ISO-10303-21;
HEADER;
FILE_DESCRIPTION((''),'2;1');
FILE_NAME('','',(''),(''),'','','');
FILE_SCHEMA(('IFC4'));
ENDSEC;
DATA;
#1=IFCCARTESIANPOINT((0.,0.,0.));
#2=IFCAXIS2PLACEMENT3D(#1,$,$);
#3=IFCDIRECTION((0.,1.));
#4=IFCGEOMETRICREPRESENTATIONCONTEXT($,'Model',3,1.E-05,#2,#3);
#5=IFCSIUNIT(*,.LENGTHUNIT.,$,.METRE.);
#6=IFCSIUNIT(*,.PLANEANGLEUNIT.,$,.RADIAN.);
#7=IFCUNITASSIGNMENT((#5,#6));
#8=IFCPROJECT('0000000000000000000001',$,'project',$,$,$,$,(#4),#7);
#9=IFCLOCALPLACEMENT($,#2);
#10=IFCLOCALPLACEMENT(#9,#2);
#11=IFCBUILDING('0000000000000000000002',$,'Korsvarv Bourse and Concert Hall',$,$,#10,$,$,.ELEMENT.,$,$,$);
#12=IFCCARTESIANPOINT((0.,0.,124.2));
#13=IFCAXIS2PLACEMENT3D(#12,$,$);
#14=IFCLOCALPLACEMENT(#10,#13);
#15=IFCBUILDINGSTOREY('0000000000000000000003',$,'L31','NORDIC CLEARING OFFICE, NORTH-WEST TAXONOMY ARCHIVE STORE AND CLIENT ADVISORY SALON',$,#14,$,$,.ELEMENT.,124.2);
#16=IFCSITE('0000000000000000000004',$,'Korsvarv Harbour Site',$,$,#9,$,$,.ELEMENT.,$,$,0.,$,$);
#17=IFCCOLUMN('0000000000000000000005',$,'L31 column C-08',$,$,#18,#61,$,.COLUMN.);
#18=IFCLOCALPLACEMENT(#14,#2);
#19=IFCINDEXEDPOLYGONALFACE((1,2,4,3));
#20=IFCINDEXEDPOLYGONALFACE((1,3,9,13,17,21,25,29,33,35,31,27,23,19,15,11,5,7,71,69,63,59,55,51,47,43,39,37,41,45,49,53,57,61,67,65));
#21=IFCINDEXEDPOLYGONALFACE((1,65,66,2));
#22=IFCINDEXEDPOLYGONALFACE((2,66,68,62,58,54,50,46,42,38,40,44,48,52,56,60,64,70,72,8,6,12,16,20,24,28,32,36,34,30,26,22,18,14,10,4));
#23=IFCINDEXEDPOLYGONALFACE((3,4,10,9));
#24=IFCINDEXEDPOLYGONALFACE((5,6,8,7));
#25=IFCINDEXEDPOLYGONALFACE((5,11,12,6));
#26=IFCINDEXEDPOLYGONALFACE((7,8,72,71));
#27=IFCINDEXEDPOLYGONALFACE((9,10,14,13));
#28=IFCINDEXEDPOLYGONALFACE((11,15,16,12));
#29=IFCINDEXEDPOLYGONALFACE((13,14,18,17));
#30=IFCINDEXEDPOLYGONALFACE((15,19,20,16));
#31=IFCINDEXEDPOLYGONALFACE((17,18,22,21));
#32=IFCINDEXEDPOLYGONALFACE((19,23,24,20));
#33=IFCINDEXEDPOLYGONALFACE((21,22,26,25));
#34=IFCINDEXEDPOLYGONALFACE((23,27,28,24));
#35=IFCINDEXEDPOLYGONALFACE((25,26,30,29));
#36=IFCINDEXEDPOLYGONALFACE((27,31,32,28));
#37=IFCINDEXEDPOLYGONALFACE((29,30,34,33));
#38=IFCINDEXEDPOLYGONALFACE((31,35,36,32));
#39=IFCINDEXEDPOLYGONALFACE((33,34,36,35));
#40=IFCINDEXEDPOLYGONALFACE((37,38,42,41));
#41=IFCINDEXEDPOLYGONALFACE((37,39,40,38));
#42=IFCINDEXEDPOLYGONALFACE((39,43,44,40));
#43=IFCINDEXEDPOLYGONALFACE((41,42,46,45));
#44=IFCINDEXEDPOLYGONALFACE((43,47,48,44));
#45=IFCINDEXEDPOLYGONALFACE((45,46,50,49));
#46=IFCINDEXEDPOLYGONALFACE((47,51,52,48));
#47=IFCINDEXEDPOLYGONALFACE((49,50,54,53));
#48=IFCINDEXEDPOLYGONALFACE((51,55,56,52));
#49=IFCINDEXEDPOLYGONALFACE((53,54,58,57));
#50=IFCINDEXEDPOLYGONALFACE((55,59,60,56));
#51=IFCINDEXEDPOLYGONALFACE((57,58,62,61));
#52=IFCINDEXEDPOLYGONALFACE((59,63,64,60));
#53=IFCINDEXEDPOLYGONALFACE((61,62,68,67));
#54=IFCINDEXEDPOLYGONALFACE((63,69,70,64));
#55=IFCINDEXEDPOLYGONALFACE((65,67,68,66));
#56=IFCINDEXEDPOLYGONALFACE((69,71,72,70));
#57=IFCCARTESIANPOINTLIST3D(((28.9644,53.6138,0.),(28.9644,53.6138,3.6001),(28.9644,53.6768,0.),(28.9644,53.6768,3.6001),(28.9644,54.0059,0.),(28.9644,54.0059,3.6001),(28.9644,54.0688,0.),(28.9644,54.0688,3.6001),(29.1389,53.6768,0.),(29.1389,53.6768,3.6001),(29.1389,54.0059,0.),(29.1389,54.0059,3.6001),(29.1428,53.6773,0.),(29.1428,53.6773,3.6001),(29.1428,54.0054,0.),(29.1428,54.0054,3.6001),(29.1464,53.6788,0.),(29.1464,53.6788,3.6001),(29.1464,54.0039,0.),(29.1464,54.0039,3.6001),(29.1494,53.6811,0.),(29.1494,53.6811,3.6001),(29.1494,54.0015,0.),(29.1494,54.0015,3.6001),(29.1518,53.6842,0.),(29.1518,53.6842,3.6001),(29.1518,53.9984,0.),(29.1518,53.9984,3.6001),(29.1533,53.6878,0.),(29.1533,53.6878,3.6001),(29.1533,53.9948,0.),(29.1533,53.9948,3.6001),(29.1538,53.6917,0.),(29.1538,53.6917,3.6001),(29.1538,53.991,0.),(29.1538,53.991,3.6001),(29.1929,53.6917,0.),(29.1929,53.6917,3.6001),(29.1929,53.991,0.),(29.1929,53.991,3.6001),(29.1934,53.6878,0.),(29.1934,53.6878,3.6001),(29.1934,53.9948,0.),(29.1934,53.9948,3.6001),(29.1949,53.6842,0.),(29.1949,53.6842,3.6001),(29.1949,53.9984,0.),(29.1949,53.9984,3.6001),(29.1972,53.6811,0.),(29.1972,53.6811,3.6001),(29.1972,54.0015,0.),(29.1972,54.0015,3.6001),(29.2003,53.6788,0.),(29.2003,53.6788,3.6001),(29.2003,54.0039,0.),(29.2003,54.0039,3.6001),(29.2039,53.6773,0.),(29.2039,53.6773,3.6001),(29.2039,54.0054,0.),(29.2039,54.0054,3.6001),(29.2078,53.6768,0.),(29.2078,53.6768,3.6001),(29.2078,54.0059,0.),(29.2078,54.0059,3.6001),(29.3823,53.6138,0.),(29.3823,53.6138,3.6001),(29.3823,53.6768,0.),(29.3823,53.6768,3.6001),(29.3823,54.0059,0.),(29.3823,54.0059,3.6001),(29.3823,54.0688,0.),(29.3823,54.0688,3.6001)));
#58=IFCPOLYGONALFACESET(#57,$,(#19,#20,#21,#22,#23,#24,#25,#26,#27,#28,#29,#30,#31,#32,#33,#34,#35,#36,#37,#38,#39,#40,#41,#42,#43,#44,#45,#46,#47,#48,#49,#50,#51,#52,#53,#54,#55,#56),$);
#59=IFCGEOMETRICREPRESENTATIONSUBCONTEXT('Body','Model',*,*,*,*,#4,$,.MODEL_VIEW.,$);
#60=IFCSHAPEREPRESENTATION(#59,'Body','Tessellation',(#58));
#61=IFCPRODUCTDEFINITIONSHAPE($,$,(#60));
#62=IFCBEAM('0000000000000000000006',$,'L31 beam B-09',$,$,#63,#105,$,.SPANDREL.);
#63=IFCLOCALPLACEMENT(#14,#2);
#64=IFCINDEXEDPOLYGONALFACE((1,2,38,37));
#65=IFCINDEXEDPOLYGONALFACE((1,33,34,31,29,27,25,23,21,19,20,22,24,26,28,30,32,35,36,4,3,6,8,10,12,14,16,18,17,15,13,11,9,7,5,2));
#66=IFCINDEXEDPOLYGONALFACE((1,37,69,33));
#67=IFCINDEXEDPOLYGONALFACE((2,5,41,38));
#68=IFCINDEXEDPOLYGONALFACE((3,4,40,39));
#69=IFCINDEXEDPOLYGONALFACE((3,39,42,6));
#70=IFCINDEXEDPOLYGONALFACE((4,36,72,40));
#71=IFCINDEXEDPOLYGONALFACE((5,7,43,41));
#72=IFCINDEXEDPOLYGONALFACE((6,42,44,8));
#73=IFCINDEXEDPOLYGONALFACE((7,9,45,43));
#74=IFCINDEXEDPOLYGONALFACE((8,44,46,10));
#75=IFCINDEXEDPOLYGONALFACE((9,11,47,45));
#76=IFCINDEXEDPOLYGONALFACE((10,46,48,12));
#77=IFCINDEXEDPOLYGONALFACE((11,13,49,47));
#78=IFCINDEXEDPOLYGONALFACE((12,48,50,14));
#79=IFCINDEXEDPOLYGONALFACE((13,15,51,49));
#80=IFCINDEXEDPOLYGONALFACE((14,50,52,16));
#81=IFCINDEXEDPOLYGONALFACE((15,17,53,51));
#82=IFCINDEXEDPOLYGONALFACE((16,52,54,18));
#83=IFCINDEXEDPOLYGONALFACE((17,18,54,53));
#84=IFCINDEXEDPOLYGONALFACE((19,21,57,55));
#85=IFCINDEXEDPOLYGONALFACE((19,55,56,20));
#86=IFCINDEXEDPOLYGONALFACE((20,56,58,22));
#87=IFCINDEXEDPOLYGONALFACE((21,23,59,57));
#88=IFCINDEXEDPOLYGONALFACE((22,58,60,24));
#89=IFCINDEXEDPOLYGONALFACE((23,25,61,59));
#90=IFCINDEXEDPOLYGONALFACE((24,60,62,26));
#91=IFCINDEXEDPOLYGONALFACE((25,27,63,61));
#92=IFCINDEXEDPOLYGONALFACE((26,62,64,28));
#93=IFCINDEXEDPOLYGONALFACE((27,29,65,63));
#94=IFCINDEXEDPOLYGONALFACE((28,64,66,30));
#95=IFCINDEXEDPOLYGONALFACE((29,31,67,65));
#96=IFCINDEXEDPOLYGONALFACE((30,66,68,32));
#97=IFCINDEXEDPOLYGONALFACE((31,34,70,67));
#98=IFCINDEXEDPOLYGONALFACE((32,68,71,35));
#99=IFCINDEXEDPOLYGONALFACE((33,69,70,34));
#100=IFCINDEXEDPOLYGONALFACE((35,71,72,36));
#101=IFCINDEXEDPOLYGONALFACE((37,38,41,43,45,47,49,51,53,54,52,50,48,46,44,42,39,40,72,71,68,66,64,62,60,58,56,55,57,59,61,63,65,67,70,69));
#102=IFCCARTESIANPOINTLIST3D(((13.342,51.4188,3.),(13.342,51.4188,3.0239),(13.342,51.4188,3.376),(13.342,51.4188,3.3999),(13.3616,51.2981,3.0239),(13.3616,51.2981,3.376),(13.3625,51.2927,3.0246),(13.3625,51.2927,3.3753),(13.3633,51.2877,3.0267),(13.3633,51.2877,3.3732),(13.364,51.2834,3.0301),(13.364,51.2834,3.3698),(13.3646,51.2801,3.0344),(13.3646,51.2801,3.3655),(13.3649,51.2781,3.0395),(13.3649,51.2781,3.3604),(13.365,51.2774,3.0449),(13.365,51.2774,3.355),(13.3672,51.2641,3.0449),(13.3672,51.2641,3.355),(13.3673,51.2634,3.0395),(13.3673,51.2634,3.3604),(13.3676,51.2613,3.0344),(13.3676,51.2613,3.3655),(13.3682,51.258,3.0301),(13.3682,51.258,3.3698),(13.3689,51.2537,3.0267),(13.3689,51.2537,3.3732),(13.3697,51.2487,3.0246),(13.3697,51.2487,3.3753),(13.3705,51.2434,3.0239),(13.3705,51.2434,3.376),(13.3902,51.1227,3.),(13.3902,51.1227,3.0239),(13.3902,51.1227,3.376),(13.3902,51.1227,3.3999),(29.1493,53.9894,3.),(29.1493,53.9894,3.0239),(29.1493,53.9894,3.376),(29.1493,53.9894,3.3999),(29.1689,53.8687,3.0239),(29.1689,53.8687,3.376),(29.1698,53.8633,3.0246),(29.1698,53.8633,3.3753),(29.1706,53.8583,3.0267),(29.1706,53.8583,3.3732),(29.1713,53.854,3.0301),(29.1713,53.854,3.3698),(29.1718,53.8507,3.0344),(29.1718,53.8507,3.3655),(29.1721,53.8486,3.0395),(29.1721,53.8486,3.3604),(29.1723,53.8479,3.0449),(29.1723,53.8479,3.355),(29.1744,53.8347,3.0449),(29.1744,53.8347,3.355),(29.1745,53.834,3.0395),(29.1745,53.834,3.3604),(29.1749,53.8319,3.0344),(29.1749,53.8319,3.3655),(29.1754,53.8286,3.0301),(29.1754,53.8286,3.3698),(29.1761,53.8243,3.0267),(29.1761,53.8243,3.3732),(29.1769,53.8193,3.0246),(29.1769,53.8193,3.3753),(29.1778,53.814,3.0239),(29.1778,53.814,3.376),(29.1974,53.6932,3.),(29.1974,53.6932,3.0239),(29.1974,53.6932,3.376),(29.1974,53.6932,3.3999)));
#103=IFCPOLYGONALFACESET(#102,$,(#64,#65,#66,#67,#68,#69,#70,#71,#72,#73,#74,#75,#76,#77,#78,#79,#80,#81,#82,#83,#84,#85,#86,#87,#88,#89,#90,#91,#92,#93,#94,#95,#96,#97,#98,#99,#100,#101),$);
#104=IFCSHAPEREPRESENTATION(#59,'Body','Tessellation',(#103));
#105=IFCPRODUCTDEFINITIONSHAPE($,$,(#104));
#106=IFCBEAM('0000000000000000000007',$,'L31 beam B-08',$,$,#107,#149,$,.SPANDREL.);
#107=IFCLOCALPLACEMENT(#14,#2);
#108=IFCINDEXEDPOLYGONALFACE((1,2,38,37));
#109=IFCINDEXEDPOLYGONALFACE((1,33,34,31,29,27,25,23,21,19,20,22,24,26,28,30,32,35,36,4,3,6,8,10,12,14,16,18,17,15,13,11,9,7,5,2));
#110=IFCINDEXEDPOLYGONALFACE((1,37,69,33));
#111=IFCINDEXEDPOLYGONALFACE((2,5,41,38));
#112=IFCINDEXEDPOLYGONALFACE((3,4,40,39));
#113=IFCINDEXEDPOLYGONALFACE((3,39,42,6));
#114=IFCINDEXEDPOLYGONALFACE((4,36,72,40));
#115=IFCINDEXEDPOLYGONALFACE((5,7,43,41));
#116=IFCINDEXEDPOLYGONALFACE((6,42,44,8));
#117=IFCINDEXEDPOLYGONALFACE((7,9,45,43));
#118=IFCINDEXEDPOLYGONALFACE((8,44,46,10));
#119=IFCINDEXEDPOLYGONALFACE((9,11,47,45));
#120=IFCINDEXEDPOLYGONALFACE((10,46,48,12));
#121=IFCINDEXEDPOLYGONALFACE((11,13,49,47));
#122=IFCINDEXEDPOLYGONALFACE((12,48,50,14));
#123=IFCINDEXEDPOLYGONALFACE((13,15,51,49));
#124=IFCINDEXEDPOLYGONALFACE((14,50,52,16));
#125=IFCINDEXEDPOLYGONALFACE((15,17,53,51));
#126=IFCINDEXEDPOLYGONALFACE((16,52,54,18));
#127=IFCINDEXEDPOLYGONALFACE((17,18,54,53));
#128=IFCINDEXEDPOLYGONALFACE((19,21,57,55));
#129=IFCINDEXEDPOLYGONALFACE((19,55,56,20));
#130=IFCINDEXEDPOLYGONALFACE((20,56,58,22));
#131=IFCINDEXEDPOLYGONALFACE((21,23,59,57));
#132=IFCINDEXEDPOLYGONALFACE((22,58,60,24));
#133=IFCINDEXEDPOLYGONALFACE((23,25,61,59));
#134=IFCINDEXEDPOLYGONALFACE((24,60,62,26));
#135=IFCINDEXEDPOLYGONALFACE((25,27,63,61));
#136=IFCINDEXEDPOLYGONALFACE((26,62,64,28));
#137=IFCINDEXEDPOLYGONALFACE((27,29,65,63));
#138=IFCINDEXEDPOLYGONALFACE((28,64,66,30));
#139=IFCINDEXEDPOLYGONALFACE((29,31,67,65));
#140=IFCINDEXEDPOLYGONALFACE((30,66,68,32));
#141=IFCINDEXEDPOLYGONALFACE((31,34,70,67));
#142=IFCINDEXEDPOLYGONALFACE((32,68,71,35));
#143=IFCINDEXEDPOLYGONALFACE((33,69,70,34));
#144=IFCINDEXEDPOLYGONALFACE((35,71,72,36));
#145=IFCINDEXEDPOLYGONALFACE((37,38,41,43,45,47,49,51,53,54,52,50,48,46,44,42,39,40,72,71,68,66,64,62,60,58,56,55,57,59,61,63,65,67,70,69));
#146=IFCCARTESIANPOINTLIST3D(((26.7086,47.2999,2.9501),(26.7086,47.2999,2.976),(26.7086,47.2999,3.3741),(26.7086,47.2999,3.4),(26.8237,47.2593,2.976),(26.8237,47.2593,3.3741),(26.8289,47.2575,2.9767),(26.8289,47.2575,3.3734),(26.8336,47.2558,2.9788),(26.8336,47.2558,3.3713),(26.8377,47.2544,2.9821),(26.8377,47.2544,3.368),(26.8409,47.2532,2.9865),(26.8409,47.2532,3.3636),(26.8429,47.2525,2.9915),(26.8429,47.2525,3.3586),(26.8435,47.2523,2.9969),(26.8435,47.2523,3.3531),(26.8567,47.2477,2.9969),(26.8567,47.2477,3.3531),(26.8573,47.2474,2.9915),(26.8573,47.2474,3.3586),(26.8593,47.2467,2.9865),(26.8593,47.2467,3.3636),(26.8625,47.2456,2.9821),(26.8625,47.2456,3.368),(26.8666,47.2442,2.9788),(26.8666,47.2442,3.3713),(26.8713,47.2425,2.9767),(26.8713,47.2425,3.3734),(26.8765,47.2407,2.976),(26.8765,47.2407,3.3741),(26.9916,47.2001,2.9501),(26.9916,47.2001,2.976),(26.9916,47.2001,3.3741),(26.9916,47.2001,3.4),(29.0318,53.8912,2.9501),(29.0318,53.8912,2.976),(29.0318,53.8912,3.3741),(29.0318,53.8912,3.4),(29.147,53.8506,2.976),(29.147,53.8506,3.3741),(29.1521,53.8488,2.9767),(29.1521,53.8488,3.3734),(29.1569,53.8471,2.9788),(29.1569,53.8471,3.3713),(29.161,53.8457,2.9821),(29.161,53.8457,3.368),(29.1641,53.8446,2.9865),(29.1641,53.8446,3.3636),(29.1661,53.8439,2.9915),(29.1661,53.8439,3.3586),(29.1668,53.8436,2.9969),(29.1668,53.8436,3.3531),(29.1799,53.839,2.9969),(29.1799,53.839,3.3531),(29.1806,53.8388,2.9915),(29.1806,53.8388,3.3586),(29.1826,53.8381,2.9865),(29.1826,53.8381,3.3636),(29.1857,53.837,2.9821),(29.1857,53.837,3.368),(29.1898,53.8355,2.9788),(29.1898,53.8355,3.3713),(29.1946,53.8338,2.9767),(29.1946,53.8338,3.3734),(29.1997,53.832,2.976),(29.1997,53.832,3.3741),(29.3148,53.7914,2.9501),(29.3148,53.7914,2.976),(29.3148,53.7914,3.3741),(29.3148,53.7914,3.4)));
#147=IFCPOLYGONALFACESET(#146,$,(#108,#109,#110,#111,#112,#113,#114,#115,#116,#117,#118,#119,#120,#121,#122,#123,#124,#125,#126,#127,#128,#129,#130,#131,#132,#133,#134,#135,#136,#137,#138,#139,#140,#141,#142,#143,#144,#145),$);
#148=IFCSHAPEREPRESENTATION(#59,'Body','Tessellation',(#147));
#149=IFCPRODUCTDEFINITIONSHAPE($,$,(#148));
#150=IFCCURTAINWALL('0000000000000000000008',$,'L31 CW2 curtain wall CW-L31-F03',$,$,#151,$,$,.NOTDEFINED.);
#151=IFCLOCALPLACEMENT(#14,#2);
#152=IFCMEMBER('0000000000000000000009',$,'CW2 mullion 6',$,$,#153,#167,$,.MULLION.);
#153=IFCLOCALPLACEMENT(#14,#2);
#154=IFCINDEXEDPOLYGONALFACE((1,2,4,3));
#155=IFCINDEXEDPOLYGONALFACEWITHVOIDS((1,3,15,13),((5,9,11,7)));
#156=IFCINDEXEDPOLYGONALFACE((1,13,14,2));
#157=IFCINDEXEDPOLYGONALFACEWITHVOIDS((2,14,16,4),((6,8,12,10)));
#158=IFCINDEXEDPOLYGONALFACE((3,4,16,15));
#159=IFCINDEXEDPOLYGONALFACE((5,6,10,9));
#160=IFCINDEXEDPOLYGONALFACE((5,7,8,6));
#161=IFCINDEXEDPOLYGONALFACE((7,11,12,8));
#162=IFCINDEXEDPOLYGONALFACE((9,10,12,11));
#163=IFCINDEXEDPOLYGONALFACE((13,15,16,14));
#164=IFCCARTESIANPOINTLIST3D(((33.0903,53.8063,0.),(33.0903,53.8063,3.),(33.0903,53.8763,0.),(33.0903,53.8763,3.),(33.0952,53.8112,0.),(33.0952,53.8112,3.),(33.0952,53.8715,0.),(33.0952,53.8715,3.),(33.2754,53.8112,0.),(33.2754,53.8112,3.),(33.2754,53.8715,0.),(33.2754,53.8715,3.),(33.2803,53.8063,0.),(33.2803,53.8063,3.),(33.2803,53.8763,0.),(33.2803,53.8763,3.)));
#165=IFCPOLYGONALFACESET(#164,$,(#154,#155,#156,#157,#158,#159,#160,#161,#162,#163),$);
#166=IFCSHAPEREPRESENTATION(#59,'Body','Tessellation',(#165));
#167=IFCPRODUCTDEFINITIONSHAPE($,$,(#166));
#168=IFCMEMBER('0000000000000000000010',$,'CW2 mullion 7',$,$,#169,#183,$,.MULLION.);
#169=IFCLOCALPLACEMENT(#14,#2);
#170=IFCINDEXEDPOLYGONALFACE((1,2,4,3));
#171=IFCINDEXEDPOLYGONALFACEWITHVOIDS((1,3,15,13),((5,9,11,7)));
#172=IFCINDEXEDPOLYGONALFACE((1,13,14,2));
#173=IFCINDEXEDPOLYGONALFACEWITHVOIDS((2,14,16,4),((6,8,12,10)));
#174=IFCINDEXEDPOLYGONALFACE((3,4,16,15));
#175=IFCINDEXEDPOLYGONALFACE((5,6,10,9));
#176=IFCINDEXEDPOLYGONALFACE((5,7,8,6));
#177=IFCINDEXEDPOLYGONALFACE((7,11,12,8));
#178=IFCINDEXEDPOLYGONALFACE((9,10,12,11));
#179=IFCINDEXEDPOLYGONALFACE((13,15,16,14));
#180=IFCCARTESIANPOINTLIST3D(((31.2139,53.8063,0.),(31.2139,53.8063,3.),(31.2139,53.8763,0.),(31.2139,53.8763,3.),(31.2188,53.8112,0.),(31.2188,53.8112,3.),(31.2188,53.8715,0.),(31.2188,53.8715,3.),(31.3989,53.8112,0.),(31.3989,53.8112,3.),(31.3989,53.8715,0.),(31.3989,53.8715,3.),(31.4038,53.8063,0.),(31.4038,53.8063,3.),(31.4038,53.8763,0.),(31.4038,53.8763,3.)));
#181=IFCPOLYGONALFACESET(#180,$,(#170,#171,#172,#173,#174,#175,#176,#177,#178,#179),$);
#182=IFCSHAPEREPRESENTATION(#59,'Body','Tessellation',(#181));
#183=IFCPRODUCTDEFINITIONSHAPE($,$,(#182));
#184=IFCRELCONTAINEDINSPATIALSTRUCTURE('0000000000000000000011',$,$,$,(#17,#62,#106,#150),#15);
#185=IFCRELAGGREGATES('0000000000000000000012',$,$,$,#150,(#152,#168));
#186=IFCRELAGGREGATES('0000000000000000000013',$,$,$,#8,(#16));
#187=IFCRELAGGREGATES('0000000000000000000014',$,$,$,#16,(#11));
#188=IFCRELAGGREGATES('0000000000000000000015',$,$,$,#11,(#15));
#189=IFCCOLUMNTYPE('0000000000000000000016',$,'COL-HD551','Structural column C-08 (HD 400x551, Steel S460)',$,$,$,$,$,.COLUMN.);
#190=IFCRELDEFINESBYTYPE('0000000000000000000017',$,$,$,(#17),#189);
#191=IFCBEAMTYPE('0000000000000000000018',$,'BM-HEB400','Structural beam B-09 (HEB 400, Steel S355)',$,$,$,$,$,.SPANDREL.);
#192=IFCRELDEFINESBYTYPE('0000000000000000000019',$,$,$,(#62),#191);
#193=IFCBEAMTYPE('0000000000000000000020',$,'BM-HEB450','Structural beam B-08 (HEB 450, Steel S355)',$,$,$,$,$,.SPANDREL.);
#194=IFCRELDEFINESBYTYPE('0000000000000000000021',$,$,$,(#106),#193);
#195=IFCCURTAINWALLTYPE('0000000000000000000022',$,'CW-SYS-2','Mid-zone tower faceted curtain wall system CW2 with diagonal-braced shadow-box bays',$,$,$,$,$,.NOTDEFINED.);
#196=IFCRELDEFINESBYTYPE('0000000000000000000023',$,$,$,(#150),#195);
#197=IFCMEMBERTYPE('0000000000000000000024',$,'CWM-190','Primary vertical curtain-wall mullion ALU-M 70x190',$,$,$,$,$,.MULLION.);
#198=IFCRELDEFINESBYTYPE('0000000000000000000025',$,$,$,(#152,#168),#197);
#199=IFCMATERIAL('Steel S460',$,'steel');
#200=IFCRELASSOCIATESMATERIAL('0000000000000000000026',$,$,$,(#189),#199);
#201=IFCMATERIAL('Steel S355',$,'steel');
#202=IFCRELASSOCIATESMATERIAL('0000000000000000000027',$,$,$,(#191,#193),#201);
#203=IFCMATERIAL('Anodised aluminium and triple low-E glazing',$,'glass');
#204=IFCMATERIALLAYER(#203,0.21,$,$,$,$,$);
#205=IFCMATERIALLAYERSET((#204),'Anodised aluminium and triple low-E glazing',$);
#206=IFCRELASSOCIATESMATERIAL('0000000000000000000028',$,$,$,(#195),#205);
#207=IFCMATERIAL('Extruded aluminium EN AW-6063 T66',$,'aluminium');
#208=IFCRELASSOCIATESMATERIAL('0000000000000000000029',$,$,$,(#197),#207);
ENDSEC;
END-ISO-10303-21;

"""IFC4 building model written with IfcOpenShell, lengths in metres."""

from ifc_helpers import new_model, si_unit, direction, frame, origin, origin_2d, place, context, subcontext, project, spatial, hollow_rectangle, i_section, extrude, source, transform, mapped, material, layer, layer_set, material_profile, profile_set, type_object, element, aggregate, save


model = new_model("IFC4")

# Units and contexts
model_context = context("Model", 3, precision=1e-05, world=origin(), true_north=direction((0.0, 1.0)))
body_context = subcontext(model_context, "Body", "Model", "MODEL_VIEW")
ifc_project = project(units=[si_unit("LENGTHUNIT", "METRE"), si_unit("PLANEANGLEUNIT", "RADIAN")], contexts=[model_context])

# Site, building, storey
site_placement = place(None, origin())
site = spatial("IfcSite", under=ifc_project, at=site_placement, Name="Korsvarv Harbour Site", CompositionType="ELEMENT", RefElevation=0.0)
building_placement = place(site_placement, origin())
building = spatial("IfcBuilding", under=site, at=building_placement, Name="Korsvarv Bourse and Concert Hall", CompositionType="ELEMENT")
storey_placement = place(building_placement, frame((0.0, 0.0, 124.2)))
storey = spatial("IfcBuildingStorey", under=building, at=storey_placement, Name="L31", Description="NORDIC CLEARING OFFICE, NORTH-WEST TAXONOMY ARCHIVE STORE AND CLIENT ADVISORY SALON", CompositionType="ELEMENT", Elevation=124.2)

# Column
ifc_material_1 = material(Name="Steel S460", Category="steel")
ifc_material_profile_1 = material_profile(ifc_material_1, i_section(OverallWidth=0.418, OverallDepth=0.4551, WebThickness=0.0391, FlangeThickness=0.063, FilletRadius=0.0149, at=origin_2d()), Name="HD 400x551")
ifc_profile_set_1 = profile_set([ifc_material_profile_1], Name="Steel S460")
column_type = type_object("IfcColumnType", Name="COL-HD551", Description="Structural column C-08 (HD 400x551, Steel S460)", PredefinedType="COLUMN", material=ifc_profile_set_1)
shared_shape_1 = source(origin(), body_context, "Body", "SweptSolid", [
    extrude(i_section(OverallWidth=0.418, OverallDepth=0.4551, WebThickness=0.0391, FlangeThickness=0.063, FilletRadius=0.0149, at=origin_2d()), origin(), (0.0, 0.0, 1.0), 3.6001),
])
column_placement = place(storey_placement, frame((29.1733, 53.8413, 0.0), z_axis=(0.0, 0.0, 1.0), x_axis=(1.0, 0.0, 0.0)))
element("IfcColumn", 1, at=column_placement, inside=storey, type_object=column_type, Name="L31 column C-08", PredefinedType="COLUMN", context=body_context, shape_type="MappedRepresentation", body=[
    mapped(shared_shape_1, transform((0.0, 0.0, 0.0), scale=1.0)),
])

# Beams
ifc_material_2 = material(Name="Steel S355", Category="steel")
ifc_material_profile_2 = material_profile(ifc_material_2, i_section(OverallWidth=0.3, OverallDepth=0.3999, WebThickness=0.0134, FlangeThickness=0.0239, FilletRadius=0.021, at=origin_2d()), Name="HEB 400")
ifc_profile_set_2 = profile_set([ifc_material_profile_2], Name="Steel S355")
beam_type_1 = type_object("IfcBeamType", Name="BM-HEB400", Description="Structural beam B-09 (HEB 400, Steel S355)", PredefinedType="SPANDREL", material=ifc_profile_set_2)
shared_shape_2 = source(origin(), body_context, "Body", "SweptSolid", [
    extrude(i_section(OverallWidth=0.3, OverallDepth=0.3999, WebThickness=0.0134, FlangeThickness=0.0239, FilletRadius=0.021, at=origin_2d()), origin(), (0.0, 0.0, 1.0), 16.0149),
])
beam_1_placement = place(storey_placement, frame((29.1733, 53.8413, 3.2), z_axis=(-0.987034, -0.160512, 0.0), x_axis=(0.160512, -0.987034, 0.0)))
element("IfcBeam", 2, at=beam_1_placement, inside=storey, type_object=beam_type_1, Name="L31 beam B-09", PredefinedType="SPANDREL", context=body_context, shape_type="MappedRepresentation", body=[
    mapped(shared_shape_2, transform((0.0, 0.0, 0.0), scale=1.0)),
])
ifc_material_profile_3 = material_profile(ifc_material_2, i_section(OverallWidth=0.3, OverallDepth=0.45, WebThickness=0.0139, FlangeThickness=0.0259, FilletRadius=0.021, at=origin_2d()), Name="HEB 450")
ifc_profile_set_3 = profile_set([ifc_material_profile_3], Name="Steel S355")
beam_type_2 = type_object("IfcBeamType", Name="BM-HEB450", Description="Structural beam B-08 (HEB 450, Steel S355)", PredefinedType="SPANDREL", material=ifc_profile_set_3)
shared_shape_3 = source(origin(), body_context, "Body", "SweptSolid", [
    extrude(i_section(OverallWidth=0.3, OverallDepth=0.45, WebThickness=0.0139, FlangeThickness=0.0259, FilletRadius=0.021, at=origin_2d()), origin(), (0.0, 0.0, 1.0), 6.9888),
])
beam_2_placement = place(storey_placement, frame((29.1733, 53.8413, 3.175), z_axis=(-0.332425, -0.94313, 0.0), x_axis=(0.94313, -0.332425, 0.0)))
element("IfcBeam", 3, at=beam_2_placement, inside=storey, type_object=beam_type_2, Name="L31 beam B-08", PredefinedType="SPANDREL", context=body_context, shape_type="MappedRepresentation", body=[
    mapped(shared_shape_3, transform((0.0, 0.0, 0.0), scale=1.0)),
])

# Curtain wall, members
ifc_material_3 = material(Name="Anodised aluminium and triple low-E glazing", Category="glass")
ifc_layer_1 = layer(ifc_material_3, 0.21)
ifc_layer_set_1 = layer_set([ifc_layer_1], Name="Anodised aluminium and triple low-E glazing")
curtain_wall_type = type_object("IfcCurtainWallType", Name="CW-SYS-2", Description="Mid-zone tower faceted curtain wall system CW2 with diagonal-braced shadow-box bays", PredefinedType="NOTDEFINED", material=ifc_layer_set_1)
curtain_wall_placement = place(storey_placement, origin())
curtain_wall = element("IfcCurtainWall", 4, at=curtain_wall_placement, inside=storey, type_object=curtain_wall_type, Name="L31 CW2 curtain wall CW-L31-F03", PredefinedType="NOTDEFINED")
ifc_material_4 = material(Name="Extruded aluminium EN AW-6063 T66", Category="aluminium")
ifc_material_profile_4 = material_profile(ifc_material_4, hollow_rectangle(XDim=0.0701, YDim=0.1899, WallThickness=0.0049, at=origin_2d()), Name="ALU-M 70x190")
ifc_profile_set_4 = profile_set([ifc_material_profile_4], Name="Extruded aluminium EN AW-6063 T66")
member_type_1 = type_object("IfcMemberType", Name="CWM-190", Description="Primary vertical curtain-wall mullion ALU-M 70x190", PredefinedType="MULLION", material=ifc_profile_set_4)
shared_shape_4 = source(origin(), body_context, "Body", "SweptSolid", [
    extrude(hollow_rectangle(XDim=0.0701, YDim=0.1899, WallThickness=0.0049, at=origin_2d()), origin(), (0.0, 0.0, 1.0), 3.0),
])
member_1_placement = place(storey_placement, frame((33.1853, 53.8413, 0.0), z_axis=(0.0, 0.0, 1.0), x_axis=(0.0, -1.0, 0.0)))
member_1 = element("IfcMember", 5, at=member_1_placement, type_object=member_type_1, Name="CW2 mullion 6", PredefinedType="MULLION", context=body_context, shape_type="MappedRepresentation", body=[
    mapped(shared_shape_4, transform((0.0, 0.0, 0.0), scale=1.0)),
])
member_2_placement = place(storey_placement, frame((31.3088, 53.8413, 0.0), z_axis=(0.0, 0.0, 1.0), x_axis=(0.0, -1.0, 0.0)))
member_2 = element("IfcMember", 6, at=member_2_placement, type_object=member_type_1, Name="CW2 mullion 7", PredefinedType="MULLION", context=body_context, shape_type="MappedRepresentation", body=[
    mapped(shared_shape_4, transform((0.0, 0.0, 0.0), scale=1.0)),
])
aggregate(curtain_wall, [member_1, member_2])

save(model, "model.ifc")
